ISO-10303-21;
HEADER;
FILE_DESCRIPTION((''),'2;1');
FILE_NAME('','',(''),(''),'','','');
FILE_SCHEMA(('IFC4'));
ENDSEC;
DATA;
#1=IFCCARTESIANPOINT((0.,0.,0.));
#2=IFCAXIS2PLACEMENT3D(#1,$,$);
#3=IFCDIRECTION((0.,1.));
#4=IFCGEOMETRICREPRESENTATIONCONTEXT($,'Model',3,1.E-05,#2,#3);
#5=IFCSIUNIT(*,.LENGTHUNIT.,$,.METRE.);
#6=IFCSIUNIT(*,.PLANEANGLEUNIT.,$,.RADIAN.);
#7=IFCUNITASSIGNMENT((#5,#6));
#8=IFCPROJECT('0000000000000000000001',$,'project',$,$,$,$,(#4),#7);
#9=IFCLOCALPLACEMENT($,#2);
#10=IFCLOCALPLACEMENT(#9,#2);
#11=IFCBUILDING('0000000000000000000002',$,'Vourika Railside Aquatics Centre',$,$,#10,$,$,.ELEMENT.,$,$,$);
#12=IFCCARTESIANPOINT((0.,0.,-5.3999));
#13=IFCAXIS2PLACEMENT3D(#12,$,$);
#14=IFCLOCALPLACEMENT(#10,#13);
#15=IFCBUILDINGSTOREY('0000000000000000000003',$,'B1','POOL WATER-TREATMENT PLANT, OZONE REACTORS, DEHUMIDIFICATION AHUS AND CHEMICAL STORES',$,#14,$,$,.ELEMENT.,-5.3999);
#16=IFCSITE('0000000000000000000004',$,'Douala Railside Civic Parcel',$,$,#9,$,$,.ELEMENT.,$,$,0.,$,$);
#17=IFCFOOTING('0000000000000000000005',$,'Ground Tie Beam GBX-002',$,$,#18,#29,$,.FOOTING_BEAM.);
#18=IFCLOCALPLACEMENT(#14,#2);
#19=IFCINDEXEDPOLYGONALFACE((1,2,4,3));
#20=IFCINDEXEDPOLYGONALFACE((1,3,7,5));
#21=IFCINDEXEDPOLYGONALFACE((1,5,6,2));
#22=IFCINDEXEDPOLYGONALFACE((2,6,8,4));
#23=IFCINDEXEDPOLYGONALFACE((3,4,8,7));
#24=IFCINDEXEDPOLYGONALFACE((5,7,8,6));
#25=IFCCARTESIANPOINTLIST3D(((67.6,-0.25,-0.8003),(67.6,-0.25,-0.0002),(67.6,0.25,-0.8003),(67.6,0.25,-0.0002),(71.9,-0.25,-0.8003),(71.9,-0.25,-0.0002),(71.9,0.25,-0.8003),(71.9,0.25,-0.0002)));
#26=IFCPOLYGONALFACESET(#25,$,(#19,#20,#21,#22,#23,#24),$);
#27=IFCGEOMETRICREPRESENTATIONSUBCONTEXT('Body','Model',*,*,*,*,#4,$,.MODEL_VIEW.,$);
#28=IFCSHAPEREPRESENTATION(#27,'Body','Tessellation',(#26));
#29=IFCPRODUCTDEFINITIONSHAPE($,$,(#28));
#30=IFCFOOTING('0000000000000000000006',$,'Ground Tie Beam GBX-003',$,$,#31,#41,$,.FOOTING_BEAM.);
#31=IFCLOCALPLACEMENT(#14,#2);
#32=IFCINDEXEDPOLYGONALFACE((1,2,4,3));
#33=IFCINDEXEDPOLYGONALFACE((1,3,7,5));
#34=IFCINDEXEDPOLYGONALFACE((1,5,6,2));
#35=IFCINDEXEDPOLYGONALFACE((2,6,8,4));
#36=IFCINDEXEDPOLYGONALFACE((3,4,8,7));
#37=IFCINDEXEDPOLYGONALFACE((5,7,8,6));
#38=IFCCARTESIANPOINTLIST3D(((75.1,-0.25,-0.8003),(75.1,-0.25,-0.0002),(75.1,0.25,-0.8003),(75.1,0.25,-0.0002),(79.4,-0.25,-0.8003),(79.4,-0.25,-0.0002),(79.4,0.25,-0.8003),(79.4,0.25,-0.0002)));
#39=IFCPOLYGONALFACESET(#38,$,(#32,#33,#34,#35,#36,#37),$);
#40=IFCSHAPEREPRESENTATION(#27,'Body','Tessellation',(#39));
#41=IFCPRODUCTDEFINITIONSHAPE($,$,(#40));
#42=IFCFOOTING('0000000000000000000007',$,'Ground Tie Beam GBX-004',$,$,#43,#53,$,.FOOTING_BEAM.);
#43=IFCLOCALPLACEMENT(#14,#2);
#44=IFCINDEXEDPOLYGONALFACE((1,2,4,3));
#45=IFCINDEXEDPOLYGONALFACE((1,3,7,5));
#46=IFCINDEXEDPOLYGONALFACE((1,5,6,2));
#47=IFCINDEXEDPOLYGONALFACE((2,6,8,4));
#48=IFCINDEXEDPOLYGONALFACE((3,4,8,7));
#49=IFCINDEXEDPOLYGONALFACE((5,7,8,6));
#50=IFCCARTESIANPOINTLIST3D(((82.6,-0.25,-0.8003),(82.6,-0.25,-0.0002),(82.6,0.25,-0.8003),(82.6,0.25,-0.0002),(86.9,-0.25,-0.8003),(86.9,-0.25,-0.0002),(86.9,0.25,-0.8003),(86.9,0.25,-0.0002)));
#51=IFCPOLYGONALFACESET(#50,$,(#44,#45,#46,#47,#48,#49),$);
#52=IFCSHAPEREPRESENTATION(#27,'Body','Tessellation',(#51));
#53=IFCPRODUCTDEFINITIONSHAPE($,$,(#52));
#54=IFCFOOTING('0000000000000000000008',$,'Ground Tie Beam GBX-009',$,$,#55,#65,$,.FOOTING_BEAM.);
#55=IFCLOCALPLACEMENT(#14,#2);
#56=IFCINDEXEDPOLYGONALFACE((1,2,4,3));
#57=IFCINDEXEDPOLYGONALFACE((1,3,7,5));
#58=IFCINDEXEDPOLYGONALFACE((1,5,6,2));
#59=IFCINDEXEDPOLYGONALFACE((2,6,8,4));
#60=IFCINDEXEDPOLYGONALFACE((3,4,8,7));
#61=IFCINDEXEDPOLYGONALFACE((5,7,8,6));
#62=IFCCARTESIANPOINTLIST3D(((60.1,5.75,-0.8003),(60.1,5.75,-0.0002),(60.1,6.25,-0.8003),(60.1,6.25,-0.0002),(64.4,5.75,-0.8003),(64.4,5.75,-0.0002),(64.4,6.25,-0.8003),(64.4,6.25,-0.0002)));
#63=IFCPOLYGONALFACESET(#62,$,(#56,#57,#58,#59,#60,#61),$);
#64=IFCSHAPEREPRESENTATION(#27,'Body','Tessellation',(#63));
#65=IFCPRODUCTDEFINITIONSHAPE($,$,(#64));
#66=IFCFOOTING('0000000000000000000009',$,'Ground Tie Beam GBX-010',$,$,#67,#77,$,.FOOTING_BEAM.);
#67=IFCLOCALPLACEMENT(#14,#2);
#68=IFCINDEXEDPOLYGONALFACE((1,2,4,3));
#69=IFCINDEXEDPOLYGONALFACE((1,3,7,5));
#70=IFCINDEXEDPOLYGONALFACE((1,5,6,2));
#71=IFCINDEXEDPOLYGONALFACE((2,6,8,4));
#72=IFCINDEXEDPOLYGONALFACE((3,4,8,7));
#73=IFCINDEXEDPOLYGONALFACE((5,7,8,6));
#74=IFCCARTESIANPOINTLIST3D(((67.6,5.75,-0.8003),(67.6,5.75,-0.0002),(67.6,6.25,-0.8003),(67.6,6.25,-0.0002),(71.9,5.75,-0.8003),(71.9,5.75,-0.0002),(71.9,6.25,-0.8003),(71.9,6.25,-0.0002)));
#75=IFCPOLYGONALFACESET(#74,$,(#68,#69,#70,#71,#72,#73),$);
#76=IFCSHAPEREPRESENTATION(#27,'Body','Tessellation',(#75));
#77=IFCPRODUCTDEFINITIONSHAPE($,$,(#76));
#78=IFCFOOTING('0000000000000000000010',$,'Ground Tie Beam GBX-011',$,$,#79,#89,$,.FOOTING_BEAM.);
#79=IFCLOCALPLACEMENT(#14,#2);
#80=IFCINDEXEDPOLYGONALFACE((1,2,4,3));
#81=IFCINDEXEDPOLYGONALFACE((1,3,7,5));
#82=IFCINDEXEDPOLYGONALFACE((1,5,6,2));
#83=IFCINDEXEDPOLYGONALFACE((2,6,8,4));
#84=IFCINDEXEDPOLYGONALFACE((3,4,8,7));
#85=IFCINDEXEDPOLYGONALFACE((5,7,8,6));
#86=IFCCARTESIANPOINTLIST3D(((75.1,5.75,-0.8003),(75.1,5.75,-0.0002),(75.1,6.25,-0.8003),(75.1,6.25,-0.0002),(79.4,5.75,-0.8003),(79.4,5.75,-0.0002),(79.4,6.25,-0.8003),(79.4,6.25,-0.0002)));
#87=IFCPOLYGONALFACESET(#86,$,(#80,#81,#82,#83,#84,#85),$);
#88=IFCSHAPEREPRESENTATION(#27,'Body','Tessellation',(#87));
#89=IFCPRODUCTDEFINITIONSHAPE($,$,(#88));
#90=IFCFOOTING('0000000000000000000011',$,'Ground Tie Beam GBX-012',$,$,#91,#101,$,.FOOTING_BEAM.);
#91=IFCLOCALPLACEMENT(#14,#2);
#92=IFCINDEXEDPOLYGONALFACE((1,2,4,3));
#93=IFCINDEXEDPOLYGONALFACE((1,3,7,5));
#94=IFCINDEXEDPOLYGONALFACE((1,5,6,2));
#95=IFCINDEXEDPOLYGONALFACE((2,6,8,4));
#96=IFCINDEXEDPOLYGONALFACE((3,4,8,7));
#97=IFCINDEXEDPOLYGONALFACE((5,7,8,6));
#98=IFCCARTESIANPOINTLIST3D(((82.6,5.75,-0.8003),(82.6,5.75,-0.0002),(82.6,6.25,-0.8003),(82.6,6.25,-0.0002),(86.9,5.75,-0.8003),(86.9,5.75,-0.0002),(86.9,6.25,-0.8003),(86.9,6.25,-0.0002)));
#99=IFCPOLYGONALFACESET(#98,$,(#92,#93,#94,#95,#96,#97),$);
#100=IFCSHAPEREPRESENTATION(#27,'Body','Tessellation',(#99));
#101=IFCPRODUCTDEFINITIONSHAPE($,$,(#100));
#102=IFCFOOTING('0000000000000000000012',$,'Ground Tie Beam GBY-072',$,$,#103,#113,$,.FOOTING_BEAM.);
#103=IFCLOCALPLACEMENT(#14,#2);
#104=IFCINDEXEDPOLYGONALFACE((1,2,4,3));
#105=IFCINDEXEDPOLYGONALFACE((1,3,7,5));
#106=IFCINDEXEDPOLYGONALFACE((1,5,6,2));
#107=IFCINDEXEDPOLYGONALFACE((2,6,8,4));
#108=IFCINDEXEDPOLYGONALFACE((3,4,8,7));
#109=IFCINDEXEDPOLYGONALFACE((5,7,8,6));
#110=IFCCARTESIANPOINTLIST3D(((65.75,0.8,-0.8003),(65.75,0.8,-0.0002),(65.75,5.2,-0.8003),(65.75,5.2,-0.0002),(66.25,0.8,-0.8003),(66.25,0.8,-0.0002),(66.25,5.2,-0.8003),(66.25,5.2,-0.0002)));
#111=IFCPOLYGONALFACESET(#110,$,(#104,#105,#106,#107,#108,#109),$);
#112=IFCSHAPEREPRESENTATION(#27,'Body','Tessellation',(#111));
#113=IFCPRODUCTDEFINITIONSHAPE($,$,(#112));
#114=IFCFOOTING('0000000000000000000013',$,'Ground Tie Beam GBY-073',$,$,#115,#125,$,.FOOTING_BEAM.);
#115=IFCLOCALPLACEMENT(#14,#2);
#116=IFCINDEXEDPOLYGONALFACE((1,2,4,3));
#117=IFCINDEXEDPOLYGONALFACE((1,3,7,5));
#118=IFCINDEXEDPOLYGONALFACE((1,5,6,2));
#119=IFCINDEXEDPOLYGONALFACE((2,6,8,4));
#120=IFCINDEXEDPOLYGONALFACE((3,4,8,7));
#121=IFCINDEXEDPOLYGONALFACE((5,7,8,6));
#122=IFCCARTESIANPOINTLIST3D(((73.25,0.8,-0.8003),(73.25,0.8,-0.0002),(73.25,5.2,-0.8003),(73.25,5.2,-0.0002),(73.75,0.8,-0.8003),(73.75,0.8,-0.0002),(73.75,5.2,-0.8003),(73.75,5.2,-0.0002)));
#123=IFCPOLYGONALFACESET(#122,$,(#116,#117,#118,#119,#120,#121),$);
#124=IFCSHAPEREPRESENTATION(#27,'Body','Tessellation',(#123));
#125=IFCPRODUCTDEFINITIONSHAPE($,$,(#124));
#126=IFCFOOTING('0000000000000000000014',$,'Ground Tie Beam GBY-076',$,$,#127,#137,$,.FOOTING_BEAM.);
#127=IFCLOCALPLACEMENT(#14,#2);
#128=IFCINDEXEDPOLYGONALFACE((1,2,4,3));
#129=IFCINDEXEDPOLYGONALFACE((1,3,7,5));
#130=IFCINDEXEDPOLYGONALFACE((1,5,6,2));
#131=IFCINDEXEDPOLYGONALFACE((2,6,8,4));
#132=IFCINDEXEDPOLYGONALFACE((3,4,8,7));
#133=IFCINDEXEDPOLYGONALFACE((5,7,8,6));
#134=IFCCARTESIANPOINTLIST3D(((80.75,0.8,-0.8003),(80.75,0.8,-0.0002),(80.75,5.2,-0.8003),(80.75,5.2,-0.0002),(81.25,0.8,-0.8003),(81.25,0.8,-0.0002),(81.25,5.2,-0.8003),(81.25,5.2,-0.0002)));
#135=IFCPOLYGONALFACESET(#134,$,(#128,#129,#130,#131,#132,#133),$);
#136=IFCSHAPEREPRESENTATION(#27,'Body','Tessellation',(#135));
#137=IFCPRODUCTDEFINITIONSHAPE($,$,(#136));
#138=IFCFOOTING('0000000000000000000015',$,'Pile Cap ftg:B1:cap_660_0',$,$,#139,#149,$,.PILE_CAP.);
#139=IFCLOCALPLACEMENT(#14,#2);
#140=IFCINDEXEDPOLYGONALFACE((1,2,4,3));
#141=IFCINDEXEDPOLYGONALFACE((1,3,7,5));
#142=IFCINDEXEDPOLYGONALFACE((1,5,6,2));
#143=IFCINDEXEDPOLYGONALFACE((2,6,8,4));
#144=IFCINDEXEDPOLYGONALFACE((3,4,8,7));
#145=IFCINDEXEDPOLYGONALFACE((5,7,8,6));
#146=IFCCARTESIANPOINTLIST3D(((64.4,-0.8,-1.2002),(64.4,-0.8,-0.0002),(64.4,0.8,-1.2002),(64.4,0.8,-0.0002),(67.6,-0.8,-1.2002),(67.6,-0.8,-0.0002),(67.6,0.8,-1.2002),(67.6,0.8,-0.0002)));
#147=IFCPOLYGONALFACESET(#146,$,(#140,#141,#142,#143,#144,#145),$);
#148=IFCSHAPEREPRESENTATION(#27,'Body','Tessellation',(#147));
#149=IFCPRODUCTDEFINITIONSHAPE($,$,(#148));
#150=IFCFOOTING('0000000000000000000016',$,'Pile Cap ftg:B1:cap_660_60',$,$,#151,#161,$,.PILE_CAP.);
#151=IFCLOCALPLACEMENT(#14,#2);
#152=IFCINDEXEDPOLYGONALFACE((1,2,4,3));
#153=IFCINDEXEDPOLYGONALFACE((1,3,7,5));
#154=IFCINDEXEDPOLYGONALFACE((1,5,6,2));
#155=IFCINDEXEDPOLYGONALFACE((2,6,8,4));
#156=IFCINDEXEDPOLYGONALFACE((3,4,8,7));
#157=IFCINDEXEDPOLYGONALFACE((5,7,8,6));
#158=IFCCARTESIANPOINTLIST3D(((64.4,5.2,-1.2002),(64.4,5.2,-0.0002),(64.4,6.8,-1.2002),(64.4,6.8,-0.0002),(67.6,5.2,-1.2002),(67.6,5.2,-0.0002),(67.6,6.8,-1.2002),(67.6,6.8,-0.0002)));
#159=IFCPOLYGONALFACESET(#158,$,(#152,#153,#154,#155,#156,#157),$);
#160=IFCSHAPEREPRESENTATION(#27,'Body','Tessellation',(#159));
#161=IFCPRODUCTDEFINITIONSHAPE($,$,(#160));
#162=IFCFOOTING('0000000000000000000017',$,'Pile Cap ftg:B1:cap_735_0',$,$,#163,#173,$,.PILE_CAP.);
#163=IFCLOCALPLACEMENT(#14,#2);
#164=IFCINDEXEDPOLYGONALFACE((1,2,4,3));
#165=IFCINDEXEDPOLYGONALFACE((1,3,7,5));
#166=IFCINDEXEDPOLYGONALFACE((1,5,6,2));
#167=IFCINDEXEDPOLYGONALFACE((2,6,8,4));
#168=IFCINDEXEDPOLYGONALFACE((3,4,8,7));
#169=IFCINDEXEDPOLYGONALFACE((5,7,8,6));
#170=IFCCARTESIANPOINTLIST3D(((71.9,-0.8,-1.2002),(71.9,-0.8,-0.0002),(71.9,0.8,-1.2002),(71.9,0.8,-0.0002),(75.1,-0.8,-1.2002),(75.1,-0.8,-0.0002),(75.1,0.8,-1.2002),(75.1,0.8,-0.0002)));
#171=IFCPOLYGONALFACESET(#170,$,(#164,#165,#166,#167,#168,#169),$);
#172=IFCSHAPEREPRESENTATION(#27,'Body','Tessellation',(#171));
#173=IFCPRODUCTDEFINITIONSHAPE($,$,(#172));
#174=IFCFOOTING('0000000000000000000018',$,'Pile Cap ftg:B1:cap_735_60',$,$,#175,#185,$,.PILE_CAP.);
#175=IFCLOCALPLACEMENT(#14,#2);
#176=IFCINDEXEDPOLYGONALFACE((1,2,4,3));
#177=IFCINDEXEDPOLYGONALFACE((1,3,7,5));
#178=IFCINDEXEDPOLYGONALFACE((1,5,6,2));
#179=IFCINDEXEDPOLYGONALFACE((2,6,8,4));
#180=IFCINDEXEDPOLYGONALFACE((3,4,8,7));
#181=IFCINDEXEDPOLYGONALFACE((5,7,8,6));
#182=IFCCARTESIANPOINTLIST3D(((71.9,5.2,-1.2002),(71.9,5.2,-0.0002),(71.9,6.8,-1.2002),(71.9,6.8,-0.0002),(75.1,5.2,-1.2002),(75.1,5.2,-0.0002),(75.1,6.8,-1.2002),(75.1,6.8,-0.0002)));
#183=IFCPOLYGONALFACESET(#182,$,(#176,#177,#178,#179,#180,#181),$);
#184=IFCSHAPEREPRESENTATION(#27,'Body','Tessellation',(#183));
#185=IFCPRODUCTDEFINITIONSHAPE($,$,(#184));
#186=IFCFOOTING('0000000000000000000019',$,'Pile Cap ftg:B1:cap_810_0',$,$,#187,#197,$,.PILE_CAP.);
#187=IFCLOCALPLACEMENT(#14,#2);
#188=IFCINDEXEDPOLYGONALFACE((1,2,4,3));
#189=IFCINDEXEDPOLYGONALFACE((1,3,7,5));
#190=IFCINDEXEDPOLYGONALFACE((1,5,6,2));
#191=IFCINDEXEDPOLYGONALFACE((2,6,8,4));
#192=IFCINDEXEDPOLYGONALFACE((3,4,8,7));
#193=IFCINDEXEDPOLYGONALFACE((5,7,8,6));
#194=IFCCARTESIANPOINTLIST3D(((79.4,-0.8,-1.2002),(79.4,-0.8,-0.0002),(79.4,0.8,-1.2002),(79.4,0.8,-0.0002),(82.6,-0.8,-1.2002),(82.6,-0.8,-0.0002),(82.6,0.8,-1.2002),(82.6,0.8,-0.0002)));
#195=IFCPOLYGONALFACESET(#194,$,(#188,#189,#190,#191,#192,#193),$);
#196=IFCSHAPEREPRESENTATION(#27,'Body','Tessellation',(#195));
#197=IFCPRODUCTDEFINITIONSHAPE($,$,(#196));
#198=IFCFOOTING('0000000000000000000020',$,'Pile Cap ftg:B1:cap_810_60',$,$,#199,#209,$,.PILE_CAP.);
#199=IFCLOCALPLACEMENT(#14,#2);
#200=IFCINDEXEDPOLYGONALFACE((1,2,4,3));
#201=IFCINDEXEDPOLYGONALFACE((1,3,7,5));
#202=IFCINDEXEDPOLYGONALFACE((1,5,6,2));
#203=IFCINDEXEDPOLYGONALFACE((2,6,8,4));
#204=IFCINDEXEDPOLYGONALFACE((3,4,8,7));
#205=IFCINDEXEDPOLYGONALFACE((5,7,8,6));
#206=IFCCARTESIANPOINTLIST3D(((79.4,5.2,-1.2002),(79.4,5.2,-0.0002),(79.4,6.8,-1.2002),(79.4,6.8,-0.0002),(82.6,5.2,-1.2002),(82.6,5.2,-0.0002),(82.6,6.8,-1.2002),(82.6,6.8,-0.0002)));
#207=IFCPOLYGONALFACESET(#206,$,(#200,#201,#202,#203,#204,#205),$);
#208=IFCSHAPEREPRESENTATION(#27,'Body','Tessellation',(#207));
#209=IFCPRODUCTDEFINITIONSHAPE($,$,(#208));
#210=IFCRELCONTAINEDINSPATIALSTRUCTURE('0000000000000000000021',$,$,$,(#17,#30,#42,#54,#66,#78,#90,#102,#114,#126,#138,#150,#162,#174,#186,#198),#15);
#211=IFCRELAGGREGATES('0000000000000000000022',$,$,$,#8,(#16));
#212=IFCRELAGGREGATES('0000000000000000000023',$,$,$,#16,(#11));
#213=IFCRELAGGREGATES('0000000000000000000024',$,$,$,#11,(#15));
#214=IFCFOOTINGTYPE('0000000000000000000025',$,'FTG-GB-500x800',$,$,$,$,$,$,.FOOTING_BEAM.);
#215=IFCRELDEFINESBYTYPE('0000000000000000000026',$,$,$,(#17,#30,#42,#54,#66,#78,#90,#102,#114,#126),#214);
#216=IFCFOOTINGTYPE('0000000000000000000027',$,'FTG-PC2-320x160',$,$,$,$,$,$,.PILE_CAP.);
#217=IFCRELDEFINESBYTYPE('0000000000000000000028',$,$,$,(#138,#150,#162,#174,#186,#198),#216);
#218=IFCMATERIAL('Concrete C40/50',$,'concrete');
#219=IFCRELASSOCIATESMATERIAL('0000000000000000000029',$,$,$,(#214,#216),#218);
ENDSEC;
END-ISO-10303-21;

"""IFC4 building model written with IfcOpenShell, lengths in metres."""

from ifc_helpers import new_model, si_unit, direction, frame, origin, origin_2d, place, context, subcontext, project, spatial, rectangle, extrude, material, type_object, element, save


model = new_model("IFC4")

# Units and contexts
model_context = context("Model", 3, precision=1e-05, world=origin(), true_north=direction((0.0, 1.0)))
body_context = subcontext(model_context, "Body", "Model", "MODEL_VIEW")
ifc_project = project(units=[si_unit("LENGTHUNIT", "METRE"), si_unit("PLANEANGLEUNIT", "RADIAN")], contexts=[model_context])

# Site, building, storey
site_placement = place(None, origin())
site = spatial("IfcSite", under=ifc_project, at=site_placement, Name="Douala Railside Civic Parcel", CompositionType="ELEMENT", RefElevation=0.0)
building_placement = place(site_placement, origin())
building = spatial("IfcBuilding", under=site, at=building_placement, Name="Vourika Railside Aquatics Centre", CompositionType="ELEMENT")
storey_placement = place(building_placement, frame((0.0, 0.0, -5.3999)))
storey = spatial("IfcBuildingStorey", under=building, at=storey_placement, Name="B1", Description="POOL WATER-TREATMENT PLANT, OZONE REACTORS, DEHUMIDIFICATION AHUS AND CHEMICAL STORES", CompositionType="ELEMENT", Elevation=-5.3999)

# Footings
ifc_material = material(Name="Concrete C40/50", Category="concrete")
footing_type_1 = type_object("IfcFootingType", Name="FTG-GB-500x800", PredefinedType="FOOTING_BEAM", material=ifc_material)
for number, where, z_axis, x_axis, name in (
    (1, (69.75, 0.0, -0.8003), (0.0, 0.0, 1.0), (1.0, 0.0, 0.0), "Ground Tie Beam GBX-002"),
    (2, (77.25, 0.0, -0.8003), (0.0, 0.0, 1.0), (1.0, 0.0, 0.0), "Ground Tie Beam GBX-003"),
    (3, (84.75, 0.0, -0.8003), (0.0, 0.0, 1.0), (1.0, 0.0, 0.0), "Ground Tie Beam GBX-004"),
    (4, (62.25, 6.0, -0.8003), (0.0, 0.0, 1.0), (1.0, 0.0, 0.0), "Ground Tie Beam GBX-009"),
    (5, (69.75, 6.0, -0.8003), (0.0, 0.0, 1.0), (1.0, 0.0, 0.0), "Ground Tie Beam GBX-010"),
    (6, (77.25, 6.0, -0.8003), (0.0, 0.0, 1.0), (1.0, 0.0, 0.0), "Ground Tie Beam GBX-011"),
    (7, (84.75, 6.0, -0.8003), (0.0, 0.0, 1.0), (1.0, 0.0, 0.0), "Ground Tie Beam GBX-012"),
):
    element("IfcFooting", number, at=place(storey_placement, frame(where, z_axis=z_axis, x_axis=x_axis)), inside=storey, type_object=footing_type_1, Name=name, PredefinedType="FOOTING_BEAM", context=body_context, shape_type="SweptSolid", body=[
        extrude(rectangle(XDim=4.3, YDim=0.5, at=origin_2d()), origin(), (0.0, 0.0, 1.0), 0.8),
    ])
for number, where, z_axis, x_axis, name in (
    (8, (66.0, 3.0, -0.8003), (0.0, 0.0, 1.0), (0.0, 1.0, 0.0), "Ground Tie Beam GBY-072"),
    (9, (73.5, 3.0, -0.8003), (0.0, 0.0, 1.0), (0.0, 1.0, 0.0), "Ground Tie Beam GBY-073"),
    (10, (81.0, 3.0, -0.8003), (0.0, 0.0, 1.0), (0.0, 1.0, 0.0), "Ground Tie Beam GBY-076"),
):
    element("IfcFooting", number, at=place(storey_placement, frame(where, z_axis=z_axis, x_axis=x_axis)), inside=storey, type_object=footing_type_1, Name=name, PredefinedType="FOOTING_BEAM", context=body_context, shape_type="SweptSolid", body=[
        extrude(rectangle(XDim=4.3999, YDim=0.5, at=origin_2d()), origin(), (0.0, 0.0, 1.0), 0.8),
    ])
footing_type_2 = type_object("IfcFootingType", Name="FTG-PC2-320x160", PredefinedType="PILE_CAP", material=ifc_material)
for number, where, z_axis, x_axis, name in (
    (11, (66.0, 0.0, -1.2002), (0.0, 0.0, 1.0), (1.0, 0.0, 0.0), "Pile Cap ftg:B1:cap_660_0"),
    (12, (66.0, 6.0, -1.2002), (0.0, 0.0, 1.0), (1.0, 0.0, 0.0), "Pile Cap ftg:B1:cap_660_60"),
    (13, (73.5, 0.0, -1.2002), (0.0, 0.0, 1.0), (1.0, 0.0, 0.0), "Pile Cap ftg:B1:cap_735_0"),
    (14, (73.5, 6.0, -1.2002), (0.0, 0.0, 1.0), (1.0, 0.0, 0.0), "Pile Cap ftg:B1:cap_735_60"),
    (15, (81.0, 0.0, -1.2002), (0.0, 0.0, 1.0), (1.0, 0.0, 0.0), "Pile Cap ftg:B1:cap_810_0"),
    (16, (81.0, 6.0, -1.2002), (0.0, 0.0, 1.0), (1.0, 0.0, 0.0), "Pile Cap ftg:B1:cap_810_60"),
):
    element("IfcFooting", number, at=place(storey_placement, frame(where, z_axis=z_axis, x_axis=x_axis)), inside=storey, type_object=footing_type_2, Name=name, PredefinedType="PILE_CAP", context=body_context, shape_type="SweptSolid", body=[
        extrude(rectangle(XDim=3.2, YDim=1.6001, at=origin_2d()), origin(), (0.0, 0.0, 1.0), 1.2),
    ])

save(model, "model.ifc")
